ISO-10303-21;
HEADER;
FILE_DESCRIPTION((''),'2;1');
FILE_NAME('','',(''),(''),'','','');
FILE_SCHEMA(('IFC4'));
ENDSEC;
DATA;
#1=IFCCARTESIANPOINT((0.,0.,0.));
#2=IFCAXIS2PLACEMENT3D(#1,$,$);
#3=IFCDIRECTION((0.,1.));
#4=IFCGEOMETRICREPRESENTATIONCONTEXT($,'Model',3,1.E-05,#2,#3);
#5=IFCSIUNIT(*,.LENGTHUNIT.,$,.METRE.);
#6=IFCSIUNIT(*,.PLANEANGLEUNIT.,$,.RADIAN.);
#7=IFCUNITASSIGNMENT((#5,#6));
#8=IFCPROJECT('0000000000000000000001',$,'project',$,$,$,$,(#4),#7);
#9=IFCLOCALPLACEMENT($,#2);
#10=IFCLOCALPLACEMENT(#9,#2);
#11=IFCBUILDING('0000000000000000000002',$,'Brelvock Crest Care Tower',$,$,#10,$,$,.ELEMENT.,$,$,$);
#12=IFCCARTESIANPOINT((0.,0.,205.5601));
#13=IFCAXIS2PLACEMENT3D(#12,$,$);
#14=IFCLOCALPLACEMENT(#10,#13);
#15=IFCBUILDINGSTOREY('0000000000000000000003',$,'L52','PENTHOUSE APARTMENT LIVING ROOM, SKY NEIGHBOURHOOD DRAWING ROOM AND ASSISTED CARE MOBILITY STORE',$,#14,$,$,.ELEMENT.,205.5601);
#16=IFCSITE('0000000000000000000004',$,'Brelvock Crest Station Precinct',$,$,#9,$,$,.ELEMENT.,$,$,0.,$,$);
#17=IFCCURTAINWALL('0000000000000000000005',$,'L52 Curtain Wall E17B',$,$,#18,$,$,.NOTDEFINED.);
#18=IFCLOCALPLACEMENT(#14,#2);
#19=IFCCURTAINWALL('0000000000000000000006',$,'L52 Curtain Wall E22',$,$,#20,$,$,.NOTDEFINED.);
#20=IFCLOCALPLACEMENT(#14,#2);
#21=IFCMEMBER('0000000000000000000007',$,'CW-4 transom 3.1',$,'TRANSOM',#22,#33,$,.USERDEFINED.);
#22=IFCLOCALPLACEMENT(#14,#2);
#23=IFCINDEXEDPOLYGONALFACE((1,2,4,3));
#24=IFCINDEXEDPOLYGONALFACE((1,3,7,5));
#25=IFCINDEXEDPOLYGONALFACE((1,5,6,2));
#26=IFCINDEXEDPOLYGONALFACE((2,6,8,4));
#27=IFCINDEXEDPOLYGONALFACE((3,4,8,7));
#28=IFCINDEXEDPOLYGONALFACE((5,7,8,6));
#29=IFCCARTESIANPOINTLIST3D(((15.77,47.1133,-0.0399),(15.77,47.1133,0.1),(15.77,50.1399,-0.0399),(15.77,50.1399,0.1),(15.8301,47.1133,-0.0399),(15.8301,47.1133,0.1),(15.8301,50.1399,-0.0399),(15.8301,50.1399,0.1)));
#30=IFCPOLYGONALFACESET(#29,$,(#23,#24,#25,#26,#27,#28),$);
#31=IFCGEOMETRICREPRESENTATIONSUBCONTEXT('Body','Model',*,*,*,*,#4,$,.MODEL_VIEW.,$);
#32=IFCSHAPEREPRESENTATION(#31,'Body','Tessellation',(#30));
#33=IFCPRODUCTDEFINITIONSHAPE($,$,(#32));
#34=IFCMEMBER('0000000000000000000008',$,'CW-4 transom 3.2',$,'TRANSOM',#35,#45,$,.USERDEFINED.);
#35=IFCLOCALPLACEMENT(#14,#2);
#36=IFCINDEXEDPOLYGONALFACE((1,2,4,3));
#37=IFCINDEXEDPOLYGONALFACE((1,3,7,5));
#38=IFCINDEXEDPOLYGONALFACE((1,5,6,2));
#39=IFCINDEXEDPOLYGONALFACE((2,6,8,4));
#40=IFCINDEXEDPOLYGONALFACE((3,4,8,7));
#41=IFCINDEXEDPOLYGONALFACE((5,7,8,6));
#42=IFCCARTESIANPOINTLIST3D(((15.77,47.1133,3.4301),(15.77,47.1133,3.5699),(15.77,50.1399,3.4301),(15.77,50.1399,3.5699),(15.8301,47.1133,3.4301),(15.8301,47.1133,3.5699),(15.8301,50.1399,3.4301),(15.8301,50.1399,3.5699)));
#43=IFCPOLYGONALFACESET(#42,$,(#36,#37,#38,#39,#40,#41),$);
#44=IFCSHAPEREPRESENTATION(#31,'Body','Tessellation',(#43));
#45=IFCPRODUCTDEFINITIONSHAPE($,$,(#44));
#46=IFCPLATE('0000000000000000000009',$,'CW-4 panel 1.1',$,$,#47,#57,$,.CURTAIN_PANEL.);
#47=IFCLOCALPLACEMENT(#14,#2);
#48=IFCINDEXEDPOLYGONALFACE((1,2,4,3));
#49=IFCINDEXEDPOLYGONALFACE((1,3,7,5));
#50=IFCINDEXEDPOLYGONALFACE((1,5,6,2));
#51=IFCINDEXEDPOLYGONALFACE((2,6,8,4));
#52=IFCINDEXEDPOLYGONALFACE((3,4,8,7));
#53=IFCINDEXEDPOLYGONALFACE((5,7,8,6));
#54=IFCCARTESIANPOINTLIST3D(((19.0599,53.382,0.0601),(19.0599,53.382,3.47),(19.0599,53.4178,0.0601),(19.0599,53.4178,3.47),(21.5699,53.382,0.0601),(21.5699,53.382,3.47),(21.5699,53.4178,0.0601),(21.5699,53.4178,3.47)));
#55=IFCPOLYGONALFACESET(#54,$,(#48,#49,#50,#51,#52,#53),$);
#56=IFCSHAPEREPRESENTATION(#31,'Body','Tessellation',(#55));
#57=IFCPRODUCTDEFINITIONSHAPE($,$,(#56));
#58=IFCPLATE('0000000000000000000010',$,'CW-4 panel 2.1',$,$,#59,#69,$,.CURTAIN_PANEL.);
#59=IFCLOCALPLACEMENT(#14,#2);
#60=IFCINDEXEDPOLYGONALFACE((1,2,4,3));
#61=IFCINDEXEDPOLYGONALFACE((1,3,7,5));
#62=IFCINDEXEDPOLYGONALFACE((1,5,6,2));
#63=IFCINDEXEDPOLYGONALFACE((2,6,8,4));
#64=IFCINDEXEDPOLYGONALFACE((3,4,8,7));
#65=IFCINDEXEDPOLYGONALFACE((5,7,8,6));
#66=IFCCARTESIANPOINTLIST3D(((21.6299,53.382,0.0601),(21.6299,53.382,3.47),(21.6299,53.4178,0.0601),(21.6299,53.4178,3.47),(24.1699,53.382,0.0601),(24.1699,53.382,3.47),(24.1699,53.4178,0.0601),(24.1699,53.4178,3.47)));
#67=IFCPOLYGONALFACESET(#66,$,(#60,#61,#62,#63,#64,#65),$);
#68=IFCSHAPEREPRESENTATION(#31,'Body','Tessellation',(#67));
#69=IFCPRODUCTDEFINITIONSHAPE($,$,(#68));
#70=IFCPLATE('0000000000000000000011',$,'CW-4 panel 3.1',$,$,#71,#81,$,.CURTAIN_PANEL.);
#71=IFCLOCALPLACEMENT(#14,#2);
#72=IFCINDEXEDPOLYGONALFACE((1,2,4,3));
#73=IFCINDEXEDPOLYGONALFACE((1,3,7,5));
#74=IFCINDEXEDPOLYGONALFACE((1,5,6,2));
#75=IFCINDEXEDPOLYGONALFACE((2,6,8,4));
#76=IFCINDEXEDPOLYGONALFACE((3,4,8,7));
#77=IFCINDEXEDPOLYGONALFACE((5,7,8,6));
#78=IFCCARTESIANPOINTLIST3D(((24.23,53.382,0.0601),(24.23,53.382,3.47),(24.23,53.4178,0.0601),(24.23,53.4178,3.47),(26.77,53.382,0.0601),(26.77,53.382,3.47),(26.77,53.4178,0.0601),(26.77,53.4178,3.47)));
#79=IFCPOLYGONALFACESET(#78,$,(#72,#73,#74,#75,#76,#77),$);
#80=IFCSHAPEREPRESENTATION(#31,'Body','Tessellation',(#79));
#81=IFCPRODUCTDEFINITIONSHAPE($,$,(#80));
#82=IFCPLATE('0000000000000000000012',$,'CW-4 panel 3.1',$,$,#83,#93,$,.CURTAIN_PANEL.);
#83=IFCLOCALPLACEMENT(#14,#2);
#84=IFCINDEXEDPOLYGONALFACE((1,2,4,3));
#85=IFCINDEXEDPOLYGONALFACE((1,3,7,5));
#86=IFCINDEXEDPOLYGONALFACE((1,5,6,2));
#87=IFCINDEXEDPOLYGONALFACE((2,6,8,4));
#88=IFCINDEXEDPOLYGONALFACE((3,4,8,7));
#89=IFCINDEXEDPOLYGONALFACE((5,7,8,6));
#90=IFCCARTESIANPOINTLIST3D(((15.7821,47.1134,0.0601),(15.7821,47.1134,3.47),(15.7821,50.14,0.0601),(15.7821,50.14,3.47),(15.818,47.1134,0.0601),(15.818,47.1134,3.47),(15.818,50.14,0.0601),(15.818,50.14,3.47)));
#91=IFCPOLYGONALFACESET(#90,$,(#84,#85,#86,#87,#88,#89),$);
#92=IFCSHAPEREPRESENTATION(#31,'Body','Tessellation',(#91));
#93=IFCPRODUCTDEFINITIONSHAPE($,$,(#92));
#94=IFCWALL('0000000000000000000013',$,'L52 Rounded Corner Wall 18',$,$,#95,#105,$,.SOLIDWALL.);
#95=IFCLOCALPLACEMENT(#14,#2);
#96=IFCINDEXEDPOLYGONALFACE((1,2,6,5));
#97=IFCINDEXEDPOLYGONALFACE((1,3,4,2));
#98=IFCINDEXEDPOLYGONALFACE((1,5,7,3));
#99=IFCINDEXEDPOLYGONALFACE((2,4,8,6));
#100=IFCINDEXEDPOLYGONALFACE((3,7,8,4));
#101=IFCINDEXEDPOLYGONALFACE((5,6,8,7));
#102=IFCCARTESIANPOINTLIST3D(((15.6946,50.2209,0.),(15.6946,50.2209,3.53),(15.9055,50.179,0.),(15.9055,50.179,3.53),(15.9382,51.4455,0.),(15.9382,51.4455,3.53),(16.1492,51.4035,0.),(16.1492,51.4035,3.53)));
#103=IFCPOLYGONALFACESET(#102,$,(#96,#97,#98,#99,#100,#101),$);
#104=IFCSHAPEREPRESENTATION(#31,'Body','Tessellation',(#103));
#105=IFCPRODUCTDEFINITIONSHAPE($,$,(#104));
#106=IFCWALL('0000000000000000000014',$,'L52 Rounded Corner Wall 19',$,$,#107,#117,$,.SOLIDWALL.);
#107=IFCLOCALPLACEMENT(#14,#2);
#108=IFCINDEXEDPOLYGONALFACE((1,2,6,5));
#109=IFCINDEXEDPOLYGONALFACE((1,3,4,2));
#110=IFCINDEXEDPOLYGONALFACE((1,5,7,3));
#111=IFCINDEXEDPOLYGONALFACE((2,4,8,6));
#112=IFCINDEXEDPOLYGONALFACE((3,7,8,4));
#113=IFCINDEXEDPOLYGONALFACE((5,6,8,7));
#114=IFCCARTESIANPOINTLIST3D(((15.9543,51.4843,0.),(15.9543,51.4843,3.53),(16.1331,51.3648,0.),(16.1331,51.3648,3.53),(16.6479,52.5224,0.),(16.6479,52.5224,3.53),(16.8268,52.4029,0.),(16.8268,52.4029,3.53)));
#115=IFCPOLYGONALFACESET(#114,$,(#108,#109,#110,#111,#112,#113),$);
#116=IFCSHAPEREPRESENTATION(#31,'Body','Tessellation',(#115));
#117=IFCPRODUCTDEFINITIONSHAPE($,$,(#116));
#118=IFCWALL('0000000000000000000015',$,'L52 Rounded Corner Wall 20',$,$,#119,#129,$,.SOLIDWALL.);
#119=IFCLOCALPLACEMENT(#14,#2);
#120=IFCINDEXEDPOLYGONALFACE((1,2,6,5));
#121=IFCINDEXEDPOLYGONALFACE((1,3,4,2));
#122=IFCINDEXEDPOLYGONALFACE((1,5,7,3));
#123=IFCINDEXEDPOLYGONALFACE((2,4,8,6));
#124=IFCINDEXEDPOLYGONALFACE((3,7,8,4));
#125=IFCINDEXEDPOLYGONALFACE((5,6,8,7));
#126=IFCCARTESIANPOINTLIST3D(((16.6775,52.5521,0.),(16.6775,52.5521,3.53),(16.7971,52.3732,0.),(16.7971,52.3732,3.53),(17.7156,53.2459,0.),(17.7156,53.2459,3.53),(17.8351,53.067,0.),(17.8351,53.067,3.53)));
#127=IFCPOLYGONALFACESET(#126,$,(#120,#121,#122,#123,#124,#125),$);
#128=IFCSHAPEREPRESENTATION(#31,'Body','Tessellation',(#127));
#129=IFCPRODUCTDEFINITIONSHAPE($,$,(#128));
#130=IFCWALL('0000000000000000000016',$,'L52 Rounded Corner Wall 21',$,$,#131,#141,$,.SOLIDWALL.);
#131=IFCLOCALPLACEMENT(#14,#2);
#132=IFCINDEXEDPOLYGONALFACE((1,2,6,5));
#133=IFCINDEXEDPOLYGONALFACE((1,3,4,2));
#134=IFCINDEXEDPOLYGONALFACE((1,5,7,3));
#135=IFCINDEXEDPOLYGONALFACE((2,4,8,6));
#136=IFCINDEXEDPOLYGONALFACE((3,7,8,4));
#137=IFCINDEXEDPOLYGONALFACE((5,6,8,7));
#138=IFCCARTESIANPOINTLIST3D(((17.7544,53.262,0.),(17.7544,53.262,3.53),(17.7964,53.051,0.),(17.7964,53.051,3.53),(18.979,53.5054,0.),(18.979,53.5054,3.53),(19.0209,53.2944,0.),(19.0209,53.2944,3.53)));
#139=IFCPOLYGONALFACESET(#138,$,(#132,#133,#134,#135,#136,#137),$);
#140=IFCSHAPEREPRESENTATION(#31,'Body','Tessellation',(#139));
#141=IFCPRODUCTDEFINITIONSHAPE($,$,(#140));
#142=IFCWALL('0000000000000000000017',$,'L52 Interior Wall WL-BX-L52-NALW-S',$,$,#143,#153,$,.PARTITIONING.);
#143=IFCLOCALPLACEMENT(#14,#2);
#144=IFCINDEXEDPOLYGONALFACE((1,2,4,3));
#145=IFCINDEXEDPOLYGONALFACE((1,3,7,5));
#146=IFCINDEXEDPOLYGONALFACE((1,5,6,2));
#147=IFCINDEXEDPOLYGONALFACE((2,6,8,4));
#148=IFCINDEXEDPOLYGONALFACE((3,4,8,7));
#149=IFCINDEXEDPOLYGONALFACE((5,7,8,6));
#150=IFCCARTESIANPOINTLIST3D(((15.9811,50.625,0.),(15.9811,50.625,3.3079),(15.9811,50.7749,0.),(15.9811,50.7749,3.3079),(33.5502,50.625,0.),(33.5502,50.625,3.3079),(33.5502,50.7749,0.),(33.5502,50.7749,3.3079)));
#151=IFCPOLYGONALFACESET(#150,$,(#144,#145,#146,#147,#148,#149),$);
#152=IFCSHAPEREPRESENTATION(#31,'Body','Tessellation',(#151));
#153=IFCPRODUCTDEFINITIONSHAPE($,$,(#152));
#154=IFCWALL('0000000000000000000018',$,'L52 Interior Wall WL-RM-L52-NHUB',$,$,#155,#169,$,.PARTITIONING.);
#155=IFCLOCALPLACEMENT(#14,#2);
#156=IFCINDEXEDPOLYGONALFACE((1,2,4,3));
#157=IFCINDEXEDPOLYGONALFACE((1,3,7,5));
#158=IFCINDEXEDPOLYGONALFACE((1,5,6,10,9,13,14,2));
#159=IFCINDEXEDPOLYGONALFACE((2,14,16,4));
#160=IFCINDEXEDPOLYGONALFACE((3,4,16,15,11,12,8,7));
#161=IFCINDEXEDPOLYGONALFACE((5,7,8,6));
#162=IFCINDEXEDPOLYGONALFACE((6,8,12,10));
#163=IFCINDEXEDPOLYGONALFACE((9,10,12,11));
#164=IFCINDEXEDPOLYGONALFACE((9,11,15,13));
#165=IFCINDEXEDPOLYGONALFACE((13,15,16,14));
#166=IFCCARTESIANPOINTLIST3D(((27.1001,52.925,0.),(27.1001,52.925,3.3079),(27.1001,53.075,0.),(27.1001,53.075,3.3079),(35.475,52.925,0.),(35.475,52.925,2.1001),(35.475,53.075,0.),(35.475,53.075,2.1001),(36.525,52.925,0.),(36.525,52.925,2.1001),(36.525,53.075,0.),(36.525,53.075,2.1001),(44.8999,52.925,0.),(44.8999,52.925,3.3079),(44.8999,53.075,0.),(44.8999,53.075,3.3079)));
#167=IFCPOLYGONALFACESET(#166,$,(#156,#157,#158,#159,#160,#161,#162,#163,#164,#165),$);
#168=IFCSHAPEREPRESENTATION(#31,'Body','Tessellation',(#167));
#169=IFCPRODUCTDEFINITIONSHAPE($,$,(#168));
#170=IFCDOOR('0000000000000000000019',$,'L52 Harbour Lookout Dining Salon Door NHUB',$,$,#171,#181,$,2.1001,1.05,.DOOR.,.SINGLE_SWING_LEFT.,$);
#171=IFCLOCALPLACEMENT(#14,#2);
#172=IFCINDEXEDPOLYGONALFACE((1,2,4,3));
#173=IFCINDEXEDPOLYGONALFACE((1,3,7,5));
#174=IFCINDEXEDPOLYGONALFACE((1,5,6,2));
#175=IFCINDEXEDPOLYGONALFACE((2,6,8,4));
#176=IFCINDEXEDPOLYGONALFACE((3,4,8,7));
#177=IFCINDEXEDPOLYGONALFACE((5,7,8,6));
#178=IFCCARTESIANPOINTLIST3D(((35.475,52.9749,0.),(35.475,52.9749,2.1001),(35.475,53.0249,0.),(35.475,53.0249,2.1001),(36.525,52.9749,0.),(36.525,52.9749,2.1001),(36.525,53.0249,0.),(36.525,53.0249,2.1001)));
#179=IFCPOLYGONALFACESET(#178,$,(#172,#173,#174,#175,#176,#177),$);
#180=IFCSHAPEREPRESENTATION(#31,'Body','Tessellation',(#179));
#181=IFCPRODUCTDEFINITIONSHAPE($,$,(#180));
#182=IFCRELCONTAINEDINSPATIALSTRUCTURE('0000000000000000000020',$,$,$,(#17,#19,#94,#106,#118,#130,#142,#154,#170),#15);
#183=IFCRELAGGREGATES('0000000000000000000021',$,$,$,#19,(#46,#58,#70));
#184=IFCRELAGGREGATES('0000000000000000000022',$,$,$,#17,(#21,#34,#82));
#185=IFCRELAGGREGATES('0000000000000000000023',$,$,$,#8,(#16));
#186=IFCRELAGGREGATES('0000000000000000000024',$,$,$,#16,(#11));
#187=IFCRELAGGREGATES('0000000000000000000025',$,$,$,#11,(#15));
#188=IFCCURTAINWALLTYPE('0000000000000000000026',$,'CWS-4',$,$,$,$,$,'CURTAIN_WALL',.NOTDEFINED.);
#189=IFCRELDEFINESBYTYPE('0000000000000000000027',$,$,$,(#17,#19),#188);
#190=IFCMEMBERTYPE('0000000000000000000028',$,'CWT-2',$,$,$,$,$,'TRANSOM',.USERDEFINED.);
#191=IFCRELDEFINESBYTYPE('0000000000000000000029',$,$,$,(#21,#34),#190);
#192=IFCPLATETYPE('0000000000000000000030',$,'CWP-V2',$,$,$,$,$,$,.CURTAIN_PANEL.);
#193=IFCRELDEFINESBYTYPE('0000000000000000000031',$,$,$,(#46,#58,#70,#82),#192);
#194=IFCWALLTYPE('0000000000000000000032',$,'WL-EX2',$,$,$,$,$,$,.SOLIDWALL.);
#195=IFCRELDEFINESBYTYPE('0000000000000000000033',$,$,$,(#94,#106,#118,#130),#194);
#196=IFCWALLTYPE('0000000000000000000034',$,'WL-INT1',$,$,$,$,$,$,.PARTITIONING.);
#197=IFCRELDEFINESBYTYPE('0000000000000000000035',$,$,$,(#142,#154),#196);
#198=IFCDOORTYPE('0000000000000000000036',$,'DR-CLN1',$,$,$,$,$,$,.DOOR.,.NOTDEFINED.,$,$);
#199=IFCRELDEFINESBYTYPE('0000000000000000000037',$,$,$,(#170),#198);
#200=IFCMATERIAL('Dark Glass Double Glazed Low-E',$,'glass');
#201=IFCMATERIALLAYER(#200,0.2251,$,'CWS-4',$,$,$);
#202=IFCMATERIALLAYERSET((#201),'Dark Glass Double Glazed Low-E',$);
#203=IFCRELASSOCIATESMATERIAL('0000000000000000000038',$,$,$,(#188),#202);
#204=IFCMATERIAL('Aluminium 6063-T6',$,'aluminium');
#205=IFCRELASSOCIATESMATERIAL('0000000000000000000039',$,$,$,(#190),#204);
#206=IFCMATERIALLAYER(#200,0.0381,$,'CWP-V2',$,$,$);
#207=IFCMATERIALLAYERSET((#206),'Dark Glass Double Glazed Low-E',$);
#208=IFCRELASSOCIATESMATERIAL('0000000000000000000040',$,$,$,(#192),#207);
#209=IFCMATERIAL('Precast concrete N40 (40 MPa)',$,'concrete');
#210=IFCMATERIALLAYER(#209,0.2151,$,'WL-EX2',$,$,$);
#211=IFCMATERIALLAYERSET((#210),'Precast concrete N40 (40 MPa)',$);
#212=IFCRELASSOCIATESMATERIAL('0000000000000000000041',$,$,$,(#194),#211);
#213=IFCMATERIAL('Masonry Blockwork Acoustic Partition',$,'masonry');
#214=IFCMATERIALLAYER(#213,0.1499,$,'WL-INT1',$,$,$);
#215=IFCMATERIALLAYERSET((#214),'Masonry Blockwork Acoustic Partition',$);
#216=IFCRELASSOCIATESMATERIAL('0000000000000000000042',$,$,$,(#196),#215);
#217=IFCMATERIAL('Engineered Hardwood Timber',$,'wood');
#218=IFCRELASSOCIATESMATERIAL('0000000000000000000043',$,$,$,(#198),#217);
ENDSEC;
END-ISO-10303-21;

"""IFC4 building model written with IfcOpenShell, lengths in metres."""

from ifc_helpers import new_model, si_unit, direction, frame, frame_2d, origin, origin_2d, place, context, subcontext, project, spatial, rectangle, extrude, source, transform, mapped, material, layer, layer_set, material_profile, profile_set, type_object, element, fill, aggregate, save


model = new_model("IFC4")

# Units and contexts
model_context = context("Model", 3, precision=1e-05, world=origin(), true_north=direction((0.0, 1.0)))
body_context = subcontext(model_context, "Body", "Model", "MODEL_VIEW")
ifc_project = project(units=[si_unit("LENGTHUNIT", "METRE"), si_unit("PLANEANGLEUNIT", "RADIAN")], contexts=[model_context])

# Site, building, storey
site_placement = place(None, origin())
site = spatial("IfcSite", under=ifc_project, at=site_placement, Name="Brelvock Crest Station Precinct", CompositionType="ELEMENT", RefElevation=0.0)
building_placement = place(site_placement, origin())
building = spatial("IfcBuilding", under=site, at=building_placement, Name="Brelvock Crest Care Tower", CompositionType="ELEMENT")
storey_placement = place(building_placement, frame((0.0, 0.0, 205.5601)))
storey = spatial("IfcBuildingStorey", under=building, at=storey_placement, Name="L52", Description="PENTHOUSE APARTMENT LIVING ROOM, SKY NEIGHBOURHOOD DRAWING ROOM AND ASSISTED CARE MOBILITY STORE", CompositionType="ELEMENT", Elevation=205.5601)

# Curtain walls
ifc_material_1 = material(Name="Dark Glass Double Glazed Low-E", Category="glass")
ifc_layer_1 = layer(ifc_material_1, 0.2251, Name="CWS-4")
ifc_layer_set_1 = layer_set([ifc_layer_1], Name="Dark Glass Double Glazed Low-E")
curtain_wall_type = type_object("IfcCurtainWallType", Name="CWS-4", ElementType="CURTAIN_WALL", PredefinedType="NOTDEFINED", material=ifc_layer_set_1)
curtain_wall_1_placement = place(storey_placement, origin())
curtain_wall_1 = element("IfcCurtainWall", 1, at=curtain_wall_1_placement, inside=storey, type_object=curtain_wall_type, Name="L52 Curtain Wall E17B", PredefinedType="NOTDEFINED")
ifc_material_2 = material(Name="Aluminium 6063-T6", Category="aluminium")
curtain_wall_2_placement = place(storey_placement, origin())
curtain_wall_2 = element("IfcCurtainWall", 2, at=curtain_wall_2_placement, inside=storey, type_object=curtain_wall_type, Name="L52 Curtain Wall E22", PredefinedType="NOTDEFINED")
ifc_material_profile_1 = material_profile(ifc_material_2, rectangle(XDim=0.0601, YDim=0.1399, at=origin_2d()), Name="ALU60x140")
ifc_profile_set_1 = profile_set([ifc_material_profile_1], Name="Aluminium 6063-T6")
member_type_1 = type_object("IfcMemberType", Name="CWT-2", ElementType="TRANSOM", PredefinedType="USERDEFINED", material=ifc_profile_set_1)

# Members
shared_shape_1 = source(origin(), body_context, "Body", "SweptSolid", [
    extrude(rectangle(XDim=0.0601, YDim=0.1399, at=origin_2d()), origin(), (0.0, 0.0, 1.0), 3.0266),
])
member_1_placement = place(storey_placement, frame((15.8, 47.1133, 0.03), z_axis=(0.0, 1.0, 0.0), x_axis=(-1.0, 0.0, 0.0)))
member_1 = element("IfcMember", 3, at=member_1_placement, type_object=member_type_1, Name="CW-4 transom 3.1", ObjectType="TRANSOM", PredefinedType="USERDEFINED", context=body_context, shape_type="MappedRepresentation", body=[
    mapped(shared_shape_1, transform((0.0, 0.0, 0.0), x_axis=(1.0, 0.0, 0.0), y_axis=(0.0, 1.0, 0.0), z_axis=(0.0, 0.0, 1.0), scale=1.0)),
])
member_2_placement = place(storey_placement, frame((15.8, 47.1133, 3.5), z_axis=(0.0, 1.0, 0.0), x_axis=(-1.0, 0.0, 0.0)))
member_2 = element("IfcMember", 4, at=member_2_placement, type_object=member_type_1, Name="CW-4 transom 3.2", ObjectType="TRANSOM", PredefinedType="USERDEFINED", context=body_context, shape_type="MappedRepresentation", body=[
    mapped(shared_shape_1, transform((0.0, 0.0, 0.0), x_axis=(1.0, 0.0, 0.0), y_axis=(0.0, 1.0, 0.0), z_axis=(0.0, 0.0, 1.0), scale=1.0)),
])

# Plates
ifc_layer_2 = layer(ifc_material_1, 0.0381, Name="CWP-V2")
ifc_layer_set_2 = layer_set([ifc_layer_2], Name="Dark Glass Double Glazed Low-E")
plate_type = type_object("IfcPlateType", Name="CWP-V2", PredefinedType="CURTAIN_PANEL", material=ifc_layer_set_2)
shared_shape_2 = source(origin(), body_context, "Body", "SweptSolid", [
    extrude(rectangle(XDim=2.51, YDim=0.0359, at=origin_2d()), origin(), (0.0, 0.0, 1.0), 3.4099),
])
plate_1_placement = place(storey_placement, frame((20.3149, 53.3999, 0.0601), z_axis=(0.0, 0.0, 1.0), x_axis=(1.0, 0.0, 0.0)))
plate_1 = element("IfcPlate", 5, at=plate_1_placement, type_object=plate_type, Name="CW-4 panel 1.1", PredefinedType="CURTAIN_PANEL", context=body_context, shape_type="MappedRepresentation", body=[
    mapped(shared_shape_2, transform((0.0, 0.0, 0.0), x_axis=(1.0, 0.0, 0.0), y_axis=(0.0, 1.0, 0.0), z_axis=(0.0, 0.0, 1.0), scale=1.0)),
])
shared_shape_3 = source(origin(), body_context, "Body", "SweptSolid", [
    extrude(rectangle(XDim=2.54, YDim=0.0359, at=origin_2d()), origin(), (0.0, 0.0, 1.0), 3.4099),
])
plate_2_placement = place(storey_placement, frame((22.8999, 53.3999, 0.0601), z_axis=(0.0, 0.0, 1.0), x_axis=(1.0, 0.0, 0.0)))
plate_2 = element("IfcPlate", 6, at=plate_2_placement, type_object=plate_type, Name="CW-4 panel 2.1", PredefinedType="CURTAIN_PANEL", context=body_context, shape_type="MappedRepresentation", body=[
    mapped(shared_shape_3, transform((0.0, 0.0, 0.0), x_axis=(1.0, 0.0, 0.0), y_axis=(0.0, 1.0, 0.0), z_axis=(0.0, 0.0, 1.0), scale=1.0)),
])
plate_3_placement = place(storey_placement, frame((25.5, 53.3999, 0.0601), z_axis=(0.0, 0.0, 1.0), x_axis=(1.0, 0.0, 0.0)))
plate_3 = element("IfcPlate", 7, at=plate_3_placement, type_object=plate_type, Name="CW-4 panel 3.1", PredefinedType="CURTAIN_PANEL", context=body_context, shape_type="MappedRepresentation", body=[
    mapped(shared_shape_3, transform((0.0, 0.0, 0.0), x_axis=(1.0, 0.0, 0.0), y_axis=(0.0, 1.0, 0.0), z_axis=(0.0, 0.0, 1.0), scale=1.0)),
])
aggregate(curtain_wall_2, [plate_1, plate_2, plate_3])
shared_shape_4 = source(origin(), body_context, "Body", "SweptSolid", [
    extrude(rectangle(XDim=3.0266, YDim=0.0359, at=origin_2d()), origin(), (0.0, 0.0, 1.0), 3.4099),
])
plate_4_placement = place(storey_placement, frame((15.8, 48.6267, 0.0601), z_axis=(0.0, 0.0, 1.0), x_axis=(0.0, 1.0, 0.0)))
plate_4 = element("IfcPlate", 8, at=plate_4_placement, type_object=plate_type, Name="CW-4 panel 3.1", PredefinedType="CURTAIN_PANEL", context=body_context, shape_type="MappedRepresentation", body=[
    mapped(shared_shape_4, transform((0.0, 0.0, 0.0), x_axis=(1.0, 0.0, 0.0), y_axis=(0.0, 1.0, 0.0), z_axis=(0.0, 0.0, 1.0), scale=1.0)),
])
aggregate(curtain_wall_1, [member_1, member_2, plate_4])

# Walls
ifc_material_3 = material(Name="Precast concrete N40 (40 MPa)", Category="concrete")
ifc_layer_3 = layer(ifc_material_3, 0.2151, Name="WL-EX2")
ifc_layer_set_3 = layer_set([ifc_layer_3], Name="Precast concrete N40 (40 MPa)")
wall_type_1 = type_object("IfcWallType", Name="WL-EX2", PredefinedType="SOLIDWALL", material=ifc_layer_set_3)
for number, where, z_axis, x_axis, name in (
    (9, (15.8, 50.2, 0.0), (0.0, 0.0, 1.0), (0.195138, 0.980776, 0.0), "L52 Rounded Corner Wall 18"),
    (10, (16.0437, 51.4246, 0.0), (0.0, 0.0, 1.0), (0.555557, 0.831478, 0.0), "L52 Rounded Corner Wall 19"),
    (11, (16.7373, 52.4626, 0.0), (0.0, 0.0, 1.0), (0.831388, 0.555692, 0.0), "L52 Rounded Corner Wall 20"),
    (12, (17.7754, 53.1565, 0.0), (0.0, 0.0, 1.0), (0.980813, 0.19495, 0.0), "L52 Rounded Corner Wall 21"),
):
    element("IfcWall", number, at=place(storey_placement, frame(where, z_axis=z_axis, x_axis=x_axis)), inside=storey, type_object=wall_type_1, Name=name, PredefinedType="SOLIDWALL", context=body_context, shape_type="SweptSolid", body=[
        extrude(rectangle(XDim=1.2485, YDim=0.2151, at=frame_2d((0.6243, 0.0))), origin(), (0.0, 0.0, 1.0), 3.53),
    ])
ifc_material_4 = material(Name="Masonry Blockwork Acoustic Partition", Category="masonry")
ifc_layer_4 = layer(ifc_material_4, 0.1499, Name="WL-INT1")
ifc_layer_set_4 = layer_set([ifc_layer_4], Name="Masonry Blockwork Acoustic Partition")
wall_type_2 = type_object("IfcWallType", Name="WL-INT1", PredefinedType="PARTITIONING", material=ifc_layer_set_4)
wall_1_placement = place(storey_placement, frame((15.981, 50.7, 0.0), z_axis=(0.0, 0.0, 1.0), x_axis=(1.0, 0.0, 0.0)))
element("IfcWall", 13, at=wall_1_placement, inside=storey, type_object=wall_type_2, Name="L52 Interior Wall WL-BX-L52-NALW-S", PredefinedType="PARTITIONING", context=body_context, shape_type="SweptSolid", body=[
    extrude(rectangle(XDim=17.5691, YDim=0.1499, at=frame_2d((8.7847, 0.0))), origin(), (0.0, 0.0, 1.0), 3.3079),
])

# Wall, opening, door
wall_2_placement = place(storey_placement, frame((27.1001, 53.0, 0.0), z_axis=(0.0, 0.0, 1.0), x_axis=(1.0, 0.0, 0.0)))
wall_2 = element("IfcWall", 14, at=wall_2_placement, inside=storey, type_object=wall_type_2, Name="L52 Interior Wall WL-RM-L52-NHUB", PredefinedType="PARTITIONING", context=body_context, shape_type="SweptSolid", body=[
    extrude(rectangle(XDim=17.7998, YDim=0.1499, at=frame_2d((8.8999, 0.0))), origin(), (0.0, 0.0, 1.0), 3.3079),
])
opening_placement = place(wall_2_placement, frame((8.375, 0.0, 0.0)))
opening = element("IfcOpeningElement", 15, at=opening_placement, cuts=wall_2, PredefinedType="OPENING", context=body_context, shape_type="SweptSolid", body=[
    extrude(rectangle(XDim=1.05, YDim=2.1001, at=origin_2d()), frame((0.5249, 0.085, 1.05), z_axis=(0.0, -1.0, 0.0), x_axis=(1.0, 0.0, 0.0)), (0.0, 0.0, 1.0), 0.1699),
])
ifc_material_5 = material(Name="Engineered Hardwood Timber", Category="wood")
door_type = type_object("IfcDoorType", Name="DR-CLN1", OperationType="NOTDEFINED", PredefinedType="DOOR", material=ifc_material_5)
shared_shape_5 = source(origin(), body_context, "Body", "SweptSolid", [
    extrude(rectangle(XDim=1.05, YDim=2.1001, at=origin_2d()), frame((0.5249, 0.0249, 1.05), z_axis=(0.0, -1.0, 0.0), x_axis=(1.0, 0.0, 0.0)), (0.0, 0.0, 1.0), 0.05),
])
door_placement = place(opening_placement, origin())
door = element("IfcDoor", 16, at=door_placement, inside=storey, type_object=door_type, Name="L52 Harbour Lookout Dining Salon Door NHUB", OperationType="SINGLE_SWING_LEFT", OverallHeight=2.1001, OverallWidth=1.05, PredefinedType="DOOR", context=body_context, shape_type="MappedRepresentation", body=[
    mapped(shared_shape_5, transform((0.0, 0.0, 0.0), x_axis=(1.0, 0.0, 0.0), y_axis=(0.0, 1.0, 0.0), z_axis=(0.0, 0.0, 1.0), scale=1.0)),
])
fill(opening, door)

save(model, "model.ifc")
